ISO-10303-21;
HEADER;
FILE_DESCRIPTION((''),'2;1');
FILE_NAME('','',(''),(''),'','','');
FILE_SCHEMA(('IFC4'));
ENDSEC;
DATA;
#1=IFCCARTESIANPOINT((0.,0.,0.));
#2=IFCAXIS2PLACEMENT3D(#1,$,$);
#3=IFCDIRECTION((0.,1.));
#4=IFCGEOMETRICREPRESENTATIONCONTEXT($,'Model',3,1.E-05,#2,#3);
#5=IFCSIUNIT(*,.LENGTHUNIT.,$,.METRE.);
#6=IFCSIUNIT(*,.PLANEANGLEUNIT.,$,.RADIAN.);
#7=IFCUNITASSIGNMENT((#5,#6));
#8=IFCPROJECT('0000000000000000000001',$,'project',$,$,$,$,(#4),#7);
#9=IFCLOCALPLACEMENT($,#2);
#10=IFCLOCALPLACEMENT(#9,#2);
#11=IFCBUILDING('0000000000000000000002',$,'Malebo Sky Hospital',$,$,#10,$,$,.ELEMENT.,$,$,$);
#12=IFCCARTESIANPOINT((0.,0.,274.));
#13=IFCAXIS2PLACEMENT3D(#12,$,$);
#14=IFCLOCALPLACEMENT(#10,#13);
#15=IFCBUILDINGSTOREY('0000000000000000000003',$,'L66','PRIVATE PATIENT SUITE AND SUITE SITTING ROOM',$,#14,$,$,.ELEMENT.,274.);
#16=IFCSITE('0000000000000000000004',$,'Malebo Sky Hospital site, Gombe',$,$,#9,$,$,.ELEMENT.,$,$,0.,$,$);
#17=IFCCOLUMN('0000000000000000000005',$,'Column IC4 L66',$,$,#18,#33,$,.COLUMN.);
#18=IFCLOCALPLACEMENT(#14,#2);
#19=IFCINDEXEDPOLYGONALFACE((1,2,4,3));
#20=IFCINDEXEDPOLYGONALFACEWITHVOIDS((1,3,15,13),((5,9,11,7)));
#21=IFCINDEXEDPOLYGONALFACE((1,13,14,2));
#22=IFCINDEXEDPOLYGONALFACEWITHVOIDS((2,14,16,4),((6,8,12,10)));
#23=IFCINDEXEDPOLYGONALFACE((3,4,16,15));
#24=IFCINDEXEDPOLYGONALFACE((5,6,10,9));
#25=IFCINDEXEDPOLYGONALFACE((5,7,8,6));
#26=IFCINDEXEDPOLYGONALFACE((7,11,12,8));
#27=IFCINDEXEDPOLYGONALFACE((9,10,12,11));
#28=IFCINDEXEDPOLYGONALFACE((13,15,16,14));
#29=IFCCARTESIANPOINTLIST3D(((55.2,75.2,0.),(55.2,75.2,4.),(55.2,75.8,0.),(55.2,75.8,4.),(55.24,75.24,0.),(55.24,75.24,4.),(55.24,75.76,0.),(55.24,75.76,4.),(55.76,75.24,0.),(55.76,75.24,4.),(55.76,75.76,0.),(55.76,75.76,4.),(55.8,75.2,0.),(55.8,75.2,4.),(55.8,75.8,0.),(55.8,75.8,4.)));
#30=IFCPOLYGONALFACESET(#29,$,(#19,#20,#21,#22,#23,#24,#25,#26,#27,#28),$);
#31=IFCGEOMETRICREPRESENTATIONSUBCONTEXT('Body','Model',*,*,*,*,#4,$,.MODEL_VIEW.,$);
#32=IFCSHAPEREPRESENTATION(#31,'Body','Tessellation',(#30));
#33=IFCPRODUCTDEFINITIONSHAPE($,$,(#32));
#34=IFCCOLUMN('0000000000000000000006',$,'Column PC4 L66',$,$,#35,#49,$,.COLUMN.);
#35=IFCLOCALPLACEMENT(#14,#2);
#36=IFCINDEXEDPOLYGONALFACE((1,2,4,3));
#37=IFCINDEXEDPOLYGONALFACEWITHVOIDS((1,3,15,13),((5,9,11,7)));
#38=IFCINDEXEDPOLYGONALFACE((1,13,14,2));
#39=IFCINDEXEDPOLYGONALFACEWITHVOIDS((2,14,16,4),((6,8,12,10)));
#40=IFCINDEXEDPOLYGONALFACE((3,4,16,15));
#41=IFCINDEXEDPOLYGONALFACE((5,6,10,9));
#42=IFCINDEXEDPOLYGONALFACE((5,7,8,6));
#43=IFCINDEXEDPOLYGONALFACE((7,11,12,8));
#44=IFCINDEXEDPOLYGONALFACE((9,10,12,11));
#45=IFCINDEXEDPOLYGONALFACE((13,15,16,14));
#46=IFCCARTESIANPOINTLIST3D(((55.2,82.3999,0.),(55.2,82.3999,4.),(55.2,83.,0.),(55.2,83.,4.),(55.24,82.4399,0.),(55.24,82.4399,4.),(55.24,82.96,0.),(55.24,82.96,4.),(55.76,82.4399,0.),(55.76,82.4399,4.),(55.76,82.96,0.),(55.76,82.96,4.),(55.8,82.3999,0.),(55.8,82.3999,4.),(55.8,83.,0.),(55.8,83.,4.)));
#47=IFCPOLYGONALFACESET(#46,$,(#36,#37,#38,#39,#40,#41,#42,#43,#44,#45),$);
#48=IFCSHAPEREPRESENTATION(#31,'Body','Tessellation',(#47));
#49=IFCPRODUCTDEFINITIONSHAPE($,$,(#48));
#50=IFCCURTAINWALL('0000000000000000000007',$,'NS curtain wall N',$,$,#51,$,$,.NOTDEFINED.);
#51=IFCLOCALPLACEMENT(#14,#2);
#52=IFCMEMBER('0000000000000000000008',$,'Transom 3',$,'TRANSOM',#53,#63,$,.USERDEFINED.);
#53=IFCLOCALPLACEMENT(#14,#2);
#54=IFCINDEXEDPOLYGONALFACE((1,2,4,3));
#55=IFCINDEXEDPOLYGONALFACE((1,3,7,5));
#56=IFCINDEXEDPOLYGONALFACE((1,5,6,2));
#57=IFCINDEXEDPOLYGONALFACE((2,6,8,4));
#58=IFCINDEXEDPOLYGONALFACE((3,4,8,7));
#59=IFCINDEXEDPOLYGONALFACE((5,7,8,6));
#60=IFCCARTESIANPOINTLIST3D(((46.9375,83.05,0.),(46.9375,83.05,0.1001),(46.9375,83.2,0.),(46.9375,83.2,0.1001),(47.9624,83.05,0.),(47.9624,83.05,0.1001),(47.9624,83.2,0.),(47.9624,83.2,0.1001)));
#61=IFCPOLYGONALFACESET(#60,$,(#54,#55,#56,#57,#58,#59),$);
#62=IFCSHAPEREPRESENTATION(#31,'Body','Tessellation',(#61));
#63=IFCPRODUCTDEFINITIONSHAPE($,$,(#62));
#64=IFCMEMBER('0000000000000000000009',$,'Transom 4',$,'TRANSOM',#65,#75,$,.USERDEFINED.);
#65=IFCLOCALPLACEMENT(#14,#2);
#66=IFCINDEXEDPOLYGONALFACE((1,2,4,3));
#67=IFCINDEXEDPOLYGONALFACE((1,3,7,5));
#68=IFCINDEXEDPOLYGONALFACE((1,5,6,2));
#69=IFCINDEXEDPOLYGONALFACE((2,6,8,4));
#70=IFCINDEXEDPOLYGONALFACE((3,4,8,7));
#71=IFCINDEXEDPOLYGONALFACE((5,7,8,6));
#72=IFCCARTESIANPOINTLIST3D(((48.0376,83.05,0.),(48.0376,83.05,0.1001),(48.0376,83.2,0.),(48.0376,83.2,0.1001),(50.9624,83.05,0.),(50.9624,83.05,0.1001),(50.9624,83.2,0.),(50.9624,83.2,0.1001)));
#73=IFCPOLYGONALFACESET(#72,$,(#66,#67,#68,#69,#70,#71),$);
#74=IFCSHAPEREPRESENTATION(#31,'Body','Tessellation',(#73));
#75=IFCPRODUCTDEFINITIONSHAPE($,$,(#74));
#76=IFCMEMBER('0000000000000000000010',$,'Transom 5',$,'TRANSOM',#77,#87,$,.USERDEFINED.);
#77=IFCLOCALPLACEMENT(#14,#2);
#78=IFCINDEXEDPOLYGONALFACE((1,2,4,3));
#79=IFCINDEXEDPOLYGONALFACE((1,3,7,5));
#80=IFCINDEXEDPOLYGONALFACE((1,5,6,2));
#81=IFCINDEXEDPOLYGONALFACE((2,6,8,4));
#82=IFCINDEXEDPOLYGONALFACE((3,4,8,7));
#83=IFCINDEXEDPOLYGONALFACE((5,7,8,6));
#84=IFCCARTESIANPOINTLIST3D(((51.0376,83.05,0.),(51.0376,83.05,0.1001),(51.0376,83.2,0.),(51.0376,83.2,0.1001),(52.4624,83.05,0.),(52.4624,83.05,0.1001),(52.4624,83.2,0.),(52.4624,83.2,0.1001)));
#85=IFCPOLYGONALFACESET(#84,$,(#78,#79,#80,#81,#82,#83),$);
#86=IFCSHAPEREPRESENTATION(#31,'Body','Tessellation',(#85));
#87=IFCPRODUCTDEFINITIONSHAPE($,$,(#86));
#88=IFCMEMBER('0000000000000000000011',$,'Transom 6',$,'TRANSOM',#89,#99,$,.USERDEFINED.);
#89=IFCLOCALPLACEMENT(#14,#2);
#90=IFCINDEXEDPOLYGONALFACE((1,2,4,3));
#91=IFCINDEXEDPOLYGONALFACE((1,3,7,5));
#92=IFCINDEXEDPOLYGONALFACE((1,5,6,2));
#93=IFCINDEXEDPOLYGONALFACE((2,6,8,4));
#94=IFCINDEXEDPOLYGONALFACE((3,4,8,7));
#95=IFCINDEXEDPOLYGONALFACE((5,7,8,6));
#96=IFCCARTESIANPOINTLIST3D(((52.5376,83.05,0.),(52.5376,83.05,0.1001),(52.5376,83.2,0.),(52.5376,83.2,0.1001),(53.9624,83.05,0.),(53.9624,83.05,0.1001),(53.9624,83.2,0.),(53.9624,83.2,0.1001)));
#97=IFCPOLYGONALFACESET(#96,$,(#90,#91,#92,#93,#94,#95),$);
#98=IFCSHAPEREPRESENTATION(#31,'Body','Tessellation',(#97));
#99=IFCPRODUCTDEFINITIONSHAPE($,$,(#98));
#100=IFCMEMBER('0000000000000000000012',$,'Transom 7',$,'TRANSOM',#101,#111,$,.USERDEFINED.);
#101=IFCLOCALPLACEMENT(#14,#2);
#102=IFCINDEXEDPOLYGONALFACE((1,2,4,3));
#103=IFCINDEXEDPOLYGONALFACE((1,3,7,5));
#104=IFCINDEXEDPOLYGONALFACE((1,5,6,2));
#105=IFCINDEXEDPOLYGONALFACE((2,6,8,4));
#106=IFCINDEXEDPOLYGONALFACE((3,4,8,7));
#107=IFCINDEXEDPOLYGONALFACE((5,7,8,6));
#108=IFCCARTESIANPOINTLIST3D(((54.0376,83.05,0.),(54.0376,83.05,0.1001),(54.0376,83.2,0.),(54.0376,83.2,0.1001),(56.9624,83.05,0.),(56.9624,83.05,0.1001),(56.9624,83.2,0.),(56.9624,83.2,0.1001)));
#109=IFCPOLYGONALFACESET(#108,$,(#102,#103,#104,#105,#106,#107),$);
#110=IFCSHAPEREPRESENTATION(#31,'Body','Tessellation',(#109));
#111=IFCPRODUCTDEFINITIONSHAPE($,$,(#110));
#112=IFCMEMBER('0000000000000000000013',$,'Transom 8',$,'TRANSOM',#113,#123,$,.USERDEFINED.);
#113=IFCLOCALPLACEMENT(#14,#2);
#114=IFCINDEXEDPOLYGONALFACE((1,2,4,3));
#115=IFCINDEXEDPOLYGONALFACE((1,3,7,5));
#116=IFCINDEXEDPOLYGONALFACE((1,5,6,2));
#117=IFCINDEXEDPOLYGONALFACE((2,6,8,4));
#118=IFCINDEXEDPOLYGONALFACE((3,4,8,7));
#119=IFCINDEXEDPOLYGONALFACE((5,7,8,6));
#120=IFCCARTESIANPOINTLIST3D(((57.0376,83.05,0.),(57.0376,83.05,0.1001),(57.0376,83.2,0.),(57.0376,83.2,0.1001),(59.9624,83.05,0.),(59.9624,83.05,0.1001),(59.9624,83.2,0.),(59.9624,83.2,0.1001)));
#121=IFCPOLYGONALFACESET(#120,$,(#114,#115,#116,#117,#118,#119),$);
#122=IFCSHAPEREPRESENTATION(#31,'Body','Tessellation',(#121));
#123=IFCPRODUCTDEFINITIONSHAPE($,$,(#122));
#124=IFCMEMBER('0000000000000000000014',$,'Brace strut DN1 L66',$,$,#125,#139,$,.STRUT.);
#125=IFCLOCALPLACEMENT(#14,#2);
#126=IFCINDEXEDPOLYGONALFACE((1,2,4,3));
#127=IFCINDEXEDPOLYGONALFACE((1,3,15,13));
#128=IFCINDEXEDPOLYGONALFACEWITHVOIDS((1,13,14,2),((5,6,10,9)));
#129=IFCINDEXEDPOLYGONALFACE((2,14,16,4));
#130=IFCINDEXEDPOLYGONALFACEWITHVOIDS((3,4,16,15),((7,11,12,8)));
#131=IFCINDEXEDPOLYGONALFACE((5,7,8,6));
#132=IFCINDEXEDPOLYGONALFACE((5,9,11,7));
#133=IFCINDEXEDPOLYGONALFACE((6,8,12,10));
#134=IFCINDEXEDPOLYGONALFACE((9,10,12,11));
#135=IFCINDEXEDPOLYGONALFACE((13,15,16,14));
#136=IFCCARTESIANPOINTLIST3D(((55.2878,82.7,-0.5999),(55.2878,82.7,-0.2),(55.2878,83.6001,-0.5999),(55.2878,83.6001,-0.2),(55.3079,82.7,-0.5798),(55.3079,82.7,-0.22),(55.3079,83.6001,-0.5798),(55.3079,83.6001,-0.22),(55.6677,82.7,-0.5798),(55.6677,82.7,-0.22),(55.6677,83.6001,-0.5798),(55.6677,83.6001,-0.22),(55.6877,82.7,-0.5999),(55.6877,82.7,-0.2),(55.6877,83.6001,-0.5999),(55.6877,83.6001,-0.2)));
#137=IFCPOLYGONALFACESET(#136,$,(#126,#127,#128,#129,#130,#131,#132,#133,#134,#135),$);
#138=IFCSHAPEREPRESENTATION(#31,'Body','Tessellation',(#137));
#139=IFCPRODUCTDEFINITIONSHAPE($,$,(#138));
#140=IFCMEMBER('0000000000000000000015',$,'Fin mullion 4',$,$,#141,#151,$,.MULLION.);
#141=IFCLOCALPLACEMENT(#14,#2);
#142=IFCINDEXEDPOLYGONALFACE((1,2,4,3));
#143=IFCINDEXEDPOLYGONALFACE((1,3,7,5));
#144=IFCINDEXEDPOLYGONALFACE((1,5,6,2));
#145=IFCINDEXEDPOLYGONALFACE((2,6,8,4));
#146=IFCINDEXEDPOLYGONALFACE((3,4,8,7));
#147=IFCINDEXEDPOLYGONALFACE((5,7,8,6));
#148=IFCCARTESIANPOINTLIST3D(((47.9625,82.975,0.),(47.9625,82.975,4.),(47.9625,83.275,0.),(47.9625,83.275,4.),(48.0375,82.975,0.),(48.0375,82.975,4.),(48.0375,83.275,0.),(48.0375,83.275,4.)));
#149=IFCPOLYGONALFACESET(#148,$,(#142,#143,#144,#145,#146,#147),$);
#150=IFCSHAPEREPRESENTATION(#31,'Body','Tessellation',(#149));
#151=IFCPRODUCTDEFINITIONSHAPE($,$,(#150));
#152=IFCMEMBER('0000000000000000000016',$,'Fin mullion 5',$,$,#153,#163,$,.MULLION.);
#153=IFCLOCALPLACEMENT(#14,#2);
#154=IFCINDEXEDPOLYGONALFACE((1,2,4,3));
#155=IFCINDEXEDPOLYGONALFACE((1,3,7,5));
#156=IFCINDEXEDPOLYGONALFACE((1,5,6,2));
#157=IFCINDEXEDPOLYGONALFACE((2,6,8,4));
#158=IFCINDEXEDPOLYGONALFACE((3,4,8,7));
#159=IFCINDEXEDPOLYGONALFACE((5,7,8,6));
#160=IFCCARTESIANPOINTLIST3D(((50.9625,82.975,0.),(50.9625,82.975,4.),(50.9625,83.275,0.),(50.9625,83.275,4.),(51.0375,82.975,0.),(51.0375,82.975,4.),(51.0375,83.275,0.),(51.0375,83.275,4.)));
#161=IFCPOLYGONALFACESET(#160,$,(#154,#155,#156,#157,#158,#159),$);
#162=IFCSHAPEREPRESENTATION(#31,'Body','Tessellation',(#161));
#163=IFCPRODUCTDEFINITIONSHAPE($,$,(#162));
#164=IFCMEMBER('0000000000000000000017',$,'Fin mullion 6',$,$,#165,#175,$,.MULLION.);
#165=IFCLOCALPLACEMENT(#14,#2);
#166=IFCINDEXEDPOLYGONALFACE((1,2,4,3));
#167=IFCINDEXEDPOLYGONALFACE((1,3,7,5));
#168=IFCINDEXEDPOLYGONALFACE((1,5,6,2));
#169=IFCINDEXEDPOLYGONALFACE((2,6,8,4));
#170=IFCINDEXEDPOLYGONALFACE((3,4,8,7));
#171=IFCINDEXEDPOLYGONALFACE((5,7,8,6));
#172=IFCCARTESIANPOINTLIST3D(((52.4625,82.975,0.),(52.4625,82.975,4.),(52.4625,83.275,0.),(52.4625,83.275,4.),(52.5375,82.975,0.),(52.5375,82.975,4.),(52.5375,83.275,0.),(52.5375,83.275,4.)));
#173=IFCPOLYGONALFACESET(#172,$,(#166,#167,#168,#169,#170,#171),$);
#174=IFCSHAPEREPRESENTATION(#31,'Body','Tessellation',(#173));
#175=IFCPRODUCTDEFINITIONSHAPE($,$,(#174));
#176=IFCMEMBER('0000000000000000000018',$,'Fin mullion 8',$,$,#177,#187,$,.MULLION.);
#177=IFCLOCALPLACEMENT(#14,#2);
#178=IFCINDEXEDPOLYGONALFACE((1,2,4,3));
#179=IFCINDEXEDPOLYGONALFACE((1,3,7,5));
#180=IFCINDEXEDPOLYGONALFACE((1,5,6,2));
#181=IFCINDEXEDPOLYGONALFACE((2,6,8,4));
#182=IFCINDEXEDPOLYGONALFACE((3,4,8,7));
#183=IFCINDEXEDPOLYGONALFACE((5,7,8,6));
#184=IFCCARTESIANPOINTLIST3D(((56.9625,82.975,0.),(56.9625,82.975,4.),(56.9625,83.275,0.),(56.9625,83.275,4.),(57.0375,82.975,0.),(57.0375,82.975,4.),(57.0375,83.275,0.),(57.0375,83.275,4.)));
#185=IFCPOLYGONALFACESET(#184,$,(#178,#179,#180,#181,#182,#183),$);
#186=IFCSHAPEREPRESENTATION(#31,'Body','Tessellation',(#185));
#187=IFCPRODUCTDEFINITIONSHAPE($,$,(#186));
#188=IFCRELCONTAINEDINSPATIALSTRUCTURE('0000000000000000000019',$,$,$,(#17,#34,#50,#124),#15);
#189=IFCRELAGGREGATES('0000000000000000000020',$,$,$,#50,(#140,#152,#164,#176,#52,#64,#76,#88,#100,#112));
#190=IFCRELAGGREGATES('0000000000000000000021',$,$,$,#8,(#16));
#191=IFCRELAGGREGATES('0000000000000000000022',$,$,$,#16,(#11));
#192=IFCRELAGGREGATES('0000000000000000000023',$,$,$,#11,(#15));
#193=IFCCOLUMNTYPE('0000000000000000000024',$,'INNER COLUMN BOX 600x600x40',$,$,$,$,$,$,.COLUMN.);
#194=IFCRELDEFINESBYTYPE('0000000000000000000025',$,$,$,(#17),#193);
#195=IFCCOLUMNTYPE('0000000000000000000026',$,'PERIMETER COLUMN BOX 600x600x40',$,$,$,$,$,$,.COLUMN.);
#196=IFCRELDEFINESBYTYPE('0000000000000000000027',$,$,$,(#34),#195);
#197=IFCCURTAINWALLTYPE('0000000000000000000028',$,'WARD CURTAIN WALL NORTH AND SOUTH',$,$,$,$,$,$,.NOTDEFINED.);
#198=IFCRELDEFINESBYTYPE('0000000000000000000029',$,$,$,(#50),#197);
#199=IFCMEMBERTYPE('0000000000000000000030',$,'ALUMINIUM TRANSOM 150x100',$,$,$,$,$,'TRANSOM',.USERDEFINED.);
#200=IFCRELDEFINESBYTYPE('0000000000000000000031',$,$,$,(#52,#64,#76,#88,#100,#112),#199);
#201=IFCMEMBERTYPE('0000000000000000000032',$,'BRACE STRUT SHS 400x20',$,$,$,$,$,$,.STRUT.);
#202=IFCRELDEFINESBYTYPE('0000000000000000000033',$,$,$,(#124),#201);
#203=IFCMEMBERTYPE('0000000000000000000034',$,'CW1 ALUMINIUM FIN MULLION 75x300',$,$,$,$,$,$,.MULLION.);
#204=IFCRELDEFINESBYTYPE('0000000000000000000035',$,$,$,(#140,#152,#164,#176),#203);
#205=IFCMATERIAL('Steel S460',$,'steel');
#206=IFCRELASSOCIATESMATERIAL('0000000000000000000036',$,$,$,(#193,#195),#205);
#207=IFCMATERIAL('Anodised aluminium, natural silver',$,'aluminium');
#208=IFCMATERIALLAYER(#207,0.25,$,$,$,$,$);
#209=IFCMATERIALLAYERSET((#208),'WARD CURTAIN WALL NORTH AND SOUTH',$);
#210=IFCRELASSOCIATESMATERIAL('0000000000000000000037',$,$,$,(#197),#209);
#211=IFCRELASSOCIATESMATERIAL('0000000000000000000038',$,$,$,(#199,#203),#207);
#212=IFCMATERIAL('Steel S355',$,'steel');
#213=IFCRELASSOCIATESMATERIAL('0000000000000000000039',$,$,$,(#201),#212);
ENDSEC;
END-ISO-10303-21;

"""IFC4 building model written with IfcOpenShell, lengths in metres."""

from ifc_helpers import new_model, si_unit, direction, frame, origin, origin_2d, place, context, subcontext, project, spatial, rectangle, hollow_rectangle, extrude, material, layer, layer_set, material_profile, profile_set, type_object, element, aggregate, save


model = new_model("IFC4")

# Units and contexts
model_context = context("Model", 3, precision=1e-05, world=origin(), true_north=direction((0.0, 1.0)))
body_context = subcontext(model_context, "Body", "Model", "MODEL_VIEW")
ifc_project = project(units=[si_unit("LENGTHUNIT", "METRE"), si_unit("PLANEANGLEUNIT", "RADIAN")], contexts=[model_context])

# Site, building, storey
site_placement = place(None, origin())
site = spatial("IfcSite", under=ifc_project, at=site_placement, Name="Malebo Sky Hospital site, Gombe", CompositionType="ELEMENT", RefElevation=0.0)
building_placement = place(site_placement, origin())
building = spatial("IfcBuilding", under=site, at=building_placement, Name="Malebo Sky Hospital", CompositionType="ELEMENT")
storey_placement = place(building_placement, frame((0.0, 0.0, 274.0)))
storey = spatial("IfcBuildingStorey", under=building, at=storey_placement, Name="L66", Description="PRIVATE PATIENT SUITE AND SUITE SITTING ROOM", CompositionType="ELEMENT", Elevation=274.0)

# Columns
ifc_material_1 = material(Name="Steel S460", Category="steel")
ifc_material_profile_1 = material_profile(ifc_material_1, hollow_rectangle(XDim=0.6001, YDim=0.6001, WallThickness=0.04, at=origin_2d()), Name="BOX 600x600x40")
ifc_profile_set_1 = profile_set([ifc_material_profile_1], Name="Steel S460")
column_type_1 = type_object("IfcColumnType", Name="INNER COLUMN BOX 600x600x40", PredefinedType="COLUMN", material=ifc_profile_set_1)
column_1_placement = place(storey_placement, frame((55.5, 75.5, 0.0), z_axis=(0.0, 0.0, 1.0), x_axis=(1.0, 0.0, 0.0)))
element("IfcColumn", 1, at=column_1_placement, inside=storey, type_object=column_type_1, Name="Column IC4 L66", PredefinedType="COLUMN", context=body_context, shape_type="SweptSolid", body=[
    extrude(hollow_rectangle(XDim=0.6001, YDim=0.6001, WallThickness=0.04, at=origin_2d()), origin(), (0.0, 0.0, 1.0), 4.0),
])
ifc_material_profile_2 = material_profile(ifc_material_1, hollow_rectangle(XDim=0.6001, YDim=0.6001, WallThickness=0.04, at=origin_2d()), Name="BOX 600x600x40")
ifc_profile_set_2 = profile_set([ifc_material_profile_2], Name="Steel S460")
column_type_2 = type_object("IfcColumnType", Name="PERIMETER COLUMN BOX 600x600x40", PredefinedType="COLUMN", material=ifc_profile_set_2)
column_2_placement = place(storey_placement, frame((55.5, 82.7, 0.0), z_axis=(0.0, 0.0, 1.0), x_axis=(1.0, 0.0, 0.0)))
element("IfcColumn", 2, at=column_2_placement, inside=storey, type_object=column_type_2, Name="Column PC4 L66", PredefinedType="COLUMN", context=body_context, shape_type="SweptSolid", body=[
    extrude(hollow_rectangle(XDim=0.6001, YDim=0.6001, WallThickness=0.04, at=origin_2d()), origin(), (0.0, 0.0, 1.0), 4.0),
])

# Curtain wall, members
ifc_material_2 = material(Name="Anodised aluminium, natural silver", Category="aluminium")
ifc_layer_1 = layer(ifc_material_2, 0.25)
ifc_layer_set_1 = layer_set([ifc_layer_1], Name="WARD CURTAIN WALL NORTH AND SOUTH")
curtain_wall_type = type_object("IfcCurtainWallType", Name="WARD CURTAIN WALL NORTH AND SOUTH", PredefinedType="NOTDEFINED", material=ifc_layer_set_1)
curtain_wall_placement = place(storey_placement, origin())
curtain_wall = element("IfcCurtainWall", 3, at=curtain_wall_placement, inside=storey, type_object=curtain_wall_type, Name="NS curtain wall N", PredefinedType="NOTDEFINED")
ifc_material_profile_3 = material_profile(ifc_material_2, rectangle(XDim=0.1499, YDim=0.1001, at=origin_2d()), Name="ALUMINIUM TRANSOM 150x100")
ifc_profile_set_3 = profile_set([ifc_material_profile_3], Name="Anodised aluminium, natural silver")
member_type_1 = type_object("IfcMemberType", Name="ALUMINIUM TRANSOM 150x100", ElementType="TRANSOM", PredefinedType="USERDEFINED", material=ifc_profile_set_3)
member_1_placement = place(storey_placement, frame((46.9375, 83.125, 0.05), z_axis=(1.0, 0.0, 0.0), x_axis=(0.0, 1.0, 0.0)))
member_1 = element("IfcMember", 4, at=member_1_placement, type_object=member_type_1, Name="Transom 3", ObjectType="TRANSOM", PredefinedType="USERDEFINED", context=body_context, shape_type="SweptSolid", body=[
    extrude(rectangle(XDim=0.1499, YDim=0.1001, at=origin_2d()), origin(), (0.0, 0.0, 1.0), 1.0249),
])
member_2_placement = place(storey_placement, frame((48.0376, 83.125, 0.05), z_axis=(1.0, 0.0, 0.0), x_axis=(0.0, 1.0, 0.0)))
member_2 = element("IfcMember", 5, at=member_2_placement, type_object=member_type_1, Name="Transom 4", ObjectType="TRANSOM", PredefinedType="USERDEFINED", context=body_context, shape_type="SweptSolid", body=[
    extrude(rectangle(XDim=0.1499, YDim=0.1001, at=origin_2d()), origin(), (0.0, 0.0, 1.0), 2.9248),
])
member_3_placement = place(storey_placement, frame((51.0376, 83.125, 0.05), z_axis=(1.0, 0.0, 0.0), x_axis=(0.0, 1.0, 0.0)))
member_3 = element("IfcMember", 6, at=member_3_placement, type_object=member_type_1, Name="Transom 5", ObjectType="TRANSOM", PredefinedType="USERDEFINED", context=body_context, shape_type="SweptSolid", body=[
    extrude(rectangle(XDim=0.1499, YDim=0.1001, at=origin_2d()), origin(), (0.0, 0.0, 1.0), 1.4248),
])
member_4_placement = place(storey_placement, frame((52.5376, 83.125, 0.05), z_axis=(1.0, 0.0, 0.0), x_axis=(0.0, 1.0, 0.0)))
member_4 = element("IfcMember", 7, at=member_4_placement, type_object=member_type_1, Name="Transom 6", ObjectType="TRANSOM", PredefinedType="USERDEFINED", context=body_context, shape_type="SweptSolid", body=[
    extrude(rectangle(XDim=0.1499, YDim=0.1001, at=origin_2d()), origin(), (0.0, 0.0, 1.0), 1.4248),
])
member_5_placement = place(storey_placement, frame((54.0376, 83.125, 0.05), z_axis=(1.0, 0.0, 0.0), x_axis=(0.0, 1.0, 0.0)))
member_5 = element("IfcMember", 8, at=member_5_placement, type_object=member_type_1, Name="Transom 7", ObjectType="TRANSOM", PredefinedType="USERDEFINED", context=body_context, shape_type="SweptSolid", body=[
    extrude(rectangle(XDim=0.1499, YDim=0.1001, at=origin_2d()), origin(), (0.0, 0.0, 1.0), 2.9248),
])
member_6_placement = place(storey_placement, frame((57.0376, 83.125, 0.05), z_axis=(1.0, 0.0, 0.0), x_axis=(0.0, 1.0, 0.0)))
member_6 = element("IfcMember", 9, at=member_6_placement, type_object=member_type_1, Name="Transom 8", ObjectType="TRANSOM", PredefinedType="USERDEFINED", context=body_context, shape_type="SweptSolid", body=[
    extrude(rectangle(XDim=0.1499, YDim=0.1001, at=origin_2d()), origin(), (0.0, 0.0, 1.0), 2.9248),
])

# Members
ifc_material_3 = material(Name="Steel S355", Category="steel")
ifc_material_profile_4 = material_profile(ifc_material_3, hollow_rectangle(XDim=0.3999, YDim=0.3999, WallThickness=0.02, at=origin_2d()), Name="SHS 400x20")
ifc_profile_set_4 = profile_set([ifc_material_profile_4], Name="Steel S355")
member_type_2 = type_object("IfcMemberType", Name="BRACE STRUT SHS 400x20", PredefinedType="STRUT", material=ifc_profile_set_4)
member_7_placement = place(storey_placement, frame((55.4878, 83.6001, -0.3999), z_axis=(0.0, -1.0, 0.0), x_axis=(1.0, 0.0, 0.0)))
element("IfcMember", 10, at=member_7_placement, inside=storey, type_object=member_type_2, Name="Brace strut DN1 L66", PredefinedType="STRUT", context=body_context, shape_type="SweptSolid", body=[
    extrude(hollow_rectangle(XDim=0.3999, YDim=0.3999, WallThickness=0.02, at=origin_2d()), origin(), (0.0, 0.0, 1.0), 0.9001),
])
ifc_material_profile_5 = material_profile(ifc_material_2, rectangle(XDim=0.075, YDim=0.3, at=origin_2d()), Name="CW1 ALUMINIUM FIN MULLION 75x300")
ifc_profile_set_5 = profile_set([ifc_material_profile_5], Name="Anodised aluminium, natural silver")
member_type_3 = type_object("IfcMemberType", Name="CW1 ALUMINIUM FIN MULLION 75x300", PredefinedType="MULLION", material=ifc_profile_set_5)
member_8_placement = place(storey_placement, frame((48.0, 83.125, 0.0), z_axis=(0.0, 0.0, 1.0), x_axis=(1.0, 0.0, 0.0)))
member_8 = element("IfcMember", 11, at=member_8_placement, type_object=member_type_3, Name="Fin mullion 4", PredefinedType="MULLION", context=body_context, shape_type="SweptSolid", body=[
    extrude(rectangle(XDim=0.075, YDim=0.3, at=origin_2d()), origin(), (0.0, 0.0, 1.0), 4.0),
])
member_9_placement = place(storey_placement, frame((51.0, 83.125, 0.0), z_axis=(0.0, 0.0, 1.0), x_axis=(1.0, 0.0, 0.0)))
member_9 = element("IfcMember", 12, at=member_9_placement, type_object=member_type_3, Name="Fin mullion 5", PredefinedType="MULLION", context=body_context, shape_type="SweptSolid", body=[
    extrude(rectangle(XDim=0.075, YDim=0.3, at=origin_2d()), origin(), (0.0, 0.0, 1.0), 4.0),
])
member_10_placement = place(storey_placement, frame((52.5, 83.125, 0.0), z_axis=(0.0, 0.0, 1.0), x_axis=(1.0, 0.0, 0.0)))
member_10 = element("IfcMember", 13, at=member_10_placement, type_object=member_type_3, Name="Fin mullion 6", PredefinedType="MULLION", context=body_context, shape_type="SweptSolid", body=[
    extrude(rectangle(XDim=0.075, YDim=0.3, at=origin_2d()), origin(), (0.0, 0.0, 1.0), 4.0),
])
member_11_placement = place(storey_placement, frame((57.0, 83.125, 0.0), z_axis=(0.0, 0.0, 1.0), x_axis=(1.0, 0.0, 0.0)))
member_11 = element("IfcMember", 14, at=member_11_placement, type_object=member_type_3, Name="Fin mullion 8", PredefinedType="MULLION", context=body_context, shape_type="SweptSolid", body=[
    extrude(rectangle(XDim=0.075, YDim=0.3, at=origin_2d()), origin(), (0.0, 0.0, 1.0), 4.0),
])

aggregate(curtain_wall, [member_8, member_9, member_10, member_11, member_1, member_2, member_3, member_4, member_5, member_6])

save(model, "model.ifc")
